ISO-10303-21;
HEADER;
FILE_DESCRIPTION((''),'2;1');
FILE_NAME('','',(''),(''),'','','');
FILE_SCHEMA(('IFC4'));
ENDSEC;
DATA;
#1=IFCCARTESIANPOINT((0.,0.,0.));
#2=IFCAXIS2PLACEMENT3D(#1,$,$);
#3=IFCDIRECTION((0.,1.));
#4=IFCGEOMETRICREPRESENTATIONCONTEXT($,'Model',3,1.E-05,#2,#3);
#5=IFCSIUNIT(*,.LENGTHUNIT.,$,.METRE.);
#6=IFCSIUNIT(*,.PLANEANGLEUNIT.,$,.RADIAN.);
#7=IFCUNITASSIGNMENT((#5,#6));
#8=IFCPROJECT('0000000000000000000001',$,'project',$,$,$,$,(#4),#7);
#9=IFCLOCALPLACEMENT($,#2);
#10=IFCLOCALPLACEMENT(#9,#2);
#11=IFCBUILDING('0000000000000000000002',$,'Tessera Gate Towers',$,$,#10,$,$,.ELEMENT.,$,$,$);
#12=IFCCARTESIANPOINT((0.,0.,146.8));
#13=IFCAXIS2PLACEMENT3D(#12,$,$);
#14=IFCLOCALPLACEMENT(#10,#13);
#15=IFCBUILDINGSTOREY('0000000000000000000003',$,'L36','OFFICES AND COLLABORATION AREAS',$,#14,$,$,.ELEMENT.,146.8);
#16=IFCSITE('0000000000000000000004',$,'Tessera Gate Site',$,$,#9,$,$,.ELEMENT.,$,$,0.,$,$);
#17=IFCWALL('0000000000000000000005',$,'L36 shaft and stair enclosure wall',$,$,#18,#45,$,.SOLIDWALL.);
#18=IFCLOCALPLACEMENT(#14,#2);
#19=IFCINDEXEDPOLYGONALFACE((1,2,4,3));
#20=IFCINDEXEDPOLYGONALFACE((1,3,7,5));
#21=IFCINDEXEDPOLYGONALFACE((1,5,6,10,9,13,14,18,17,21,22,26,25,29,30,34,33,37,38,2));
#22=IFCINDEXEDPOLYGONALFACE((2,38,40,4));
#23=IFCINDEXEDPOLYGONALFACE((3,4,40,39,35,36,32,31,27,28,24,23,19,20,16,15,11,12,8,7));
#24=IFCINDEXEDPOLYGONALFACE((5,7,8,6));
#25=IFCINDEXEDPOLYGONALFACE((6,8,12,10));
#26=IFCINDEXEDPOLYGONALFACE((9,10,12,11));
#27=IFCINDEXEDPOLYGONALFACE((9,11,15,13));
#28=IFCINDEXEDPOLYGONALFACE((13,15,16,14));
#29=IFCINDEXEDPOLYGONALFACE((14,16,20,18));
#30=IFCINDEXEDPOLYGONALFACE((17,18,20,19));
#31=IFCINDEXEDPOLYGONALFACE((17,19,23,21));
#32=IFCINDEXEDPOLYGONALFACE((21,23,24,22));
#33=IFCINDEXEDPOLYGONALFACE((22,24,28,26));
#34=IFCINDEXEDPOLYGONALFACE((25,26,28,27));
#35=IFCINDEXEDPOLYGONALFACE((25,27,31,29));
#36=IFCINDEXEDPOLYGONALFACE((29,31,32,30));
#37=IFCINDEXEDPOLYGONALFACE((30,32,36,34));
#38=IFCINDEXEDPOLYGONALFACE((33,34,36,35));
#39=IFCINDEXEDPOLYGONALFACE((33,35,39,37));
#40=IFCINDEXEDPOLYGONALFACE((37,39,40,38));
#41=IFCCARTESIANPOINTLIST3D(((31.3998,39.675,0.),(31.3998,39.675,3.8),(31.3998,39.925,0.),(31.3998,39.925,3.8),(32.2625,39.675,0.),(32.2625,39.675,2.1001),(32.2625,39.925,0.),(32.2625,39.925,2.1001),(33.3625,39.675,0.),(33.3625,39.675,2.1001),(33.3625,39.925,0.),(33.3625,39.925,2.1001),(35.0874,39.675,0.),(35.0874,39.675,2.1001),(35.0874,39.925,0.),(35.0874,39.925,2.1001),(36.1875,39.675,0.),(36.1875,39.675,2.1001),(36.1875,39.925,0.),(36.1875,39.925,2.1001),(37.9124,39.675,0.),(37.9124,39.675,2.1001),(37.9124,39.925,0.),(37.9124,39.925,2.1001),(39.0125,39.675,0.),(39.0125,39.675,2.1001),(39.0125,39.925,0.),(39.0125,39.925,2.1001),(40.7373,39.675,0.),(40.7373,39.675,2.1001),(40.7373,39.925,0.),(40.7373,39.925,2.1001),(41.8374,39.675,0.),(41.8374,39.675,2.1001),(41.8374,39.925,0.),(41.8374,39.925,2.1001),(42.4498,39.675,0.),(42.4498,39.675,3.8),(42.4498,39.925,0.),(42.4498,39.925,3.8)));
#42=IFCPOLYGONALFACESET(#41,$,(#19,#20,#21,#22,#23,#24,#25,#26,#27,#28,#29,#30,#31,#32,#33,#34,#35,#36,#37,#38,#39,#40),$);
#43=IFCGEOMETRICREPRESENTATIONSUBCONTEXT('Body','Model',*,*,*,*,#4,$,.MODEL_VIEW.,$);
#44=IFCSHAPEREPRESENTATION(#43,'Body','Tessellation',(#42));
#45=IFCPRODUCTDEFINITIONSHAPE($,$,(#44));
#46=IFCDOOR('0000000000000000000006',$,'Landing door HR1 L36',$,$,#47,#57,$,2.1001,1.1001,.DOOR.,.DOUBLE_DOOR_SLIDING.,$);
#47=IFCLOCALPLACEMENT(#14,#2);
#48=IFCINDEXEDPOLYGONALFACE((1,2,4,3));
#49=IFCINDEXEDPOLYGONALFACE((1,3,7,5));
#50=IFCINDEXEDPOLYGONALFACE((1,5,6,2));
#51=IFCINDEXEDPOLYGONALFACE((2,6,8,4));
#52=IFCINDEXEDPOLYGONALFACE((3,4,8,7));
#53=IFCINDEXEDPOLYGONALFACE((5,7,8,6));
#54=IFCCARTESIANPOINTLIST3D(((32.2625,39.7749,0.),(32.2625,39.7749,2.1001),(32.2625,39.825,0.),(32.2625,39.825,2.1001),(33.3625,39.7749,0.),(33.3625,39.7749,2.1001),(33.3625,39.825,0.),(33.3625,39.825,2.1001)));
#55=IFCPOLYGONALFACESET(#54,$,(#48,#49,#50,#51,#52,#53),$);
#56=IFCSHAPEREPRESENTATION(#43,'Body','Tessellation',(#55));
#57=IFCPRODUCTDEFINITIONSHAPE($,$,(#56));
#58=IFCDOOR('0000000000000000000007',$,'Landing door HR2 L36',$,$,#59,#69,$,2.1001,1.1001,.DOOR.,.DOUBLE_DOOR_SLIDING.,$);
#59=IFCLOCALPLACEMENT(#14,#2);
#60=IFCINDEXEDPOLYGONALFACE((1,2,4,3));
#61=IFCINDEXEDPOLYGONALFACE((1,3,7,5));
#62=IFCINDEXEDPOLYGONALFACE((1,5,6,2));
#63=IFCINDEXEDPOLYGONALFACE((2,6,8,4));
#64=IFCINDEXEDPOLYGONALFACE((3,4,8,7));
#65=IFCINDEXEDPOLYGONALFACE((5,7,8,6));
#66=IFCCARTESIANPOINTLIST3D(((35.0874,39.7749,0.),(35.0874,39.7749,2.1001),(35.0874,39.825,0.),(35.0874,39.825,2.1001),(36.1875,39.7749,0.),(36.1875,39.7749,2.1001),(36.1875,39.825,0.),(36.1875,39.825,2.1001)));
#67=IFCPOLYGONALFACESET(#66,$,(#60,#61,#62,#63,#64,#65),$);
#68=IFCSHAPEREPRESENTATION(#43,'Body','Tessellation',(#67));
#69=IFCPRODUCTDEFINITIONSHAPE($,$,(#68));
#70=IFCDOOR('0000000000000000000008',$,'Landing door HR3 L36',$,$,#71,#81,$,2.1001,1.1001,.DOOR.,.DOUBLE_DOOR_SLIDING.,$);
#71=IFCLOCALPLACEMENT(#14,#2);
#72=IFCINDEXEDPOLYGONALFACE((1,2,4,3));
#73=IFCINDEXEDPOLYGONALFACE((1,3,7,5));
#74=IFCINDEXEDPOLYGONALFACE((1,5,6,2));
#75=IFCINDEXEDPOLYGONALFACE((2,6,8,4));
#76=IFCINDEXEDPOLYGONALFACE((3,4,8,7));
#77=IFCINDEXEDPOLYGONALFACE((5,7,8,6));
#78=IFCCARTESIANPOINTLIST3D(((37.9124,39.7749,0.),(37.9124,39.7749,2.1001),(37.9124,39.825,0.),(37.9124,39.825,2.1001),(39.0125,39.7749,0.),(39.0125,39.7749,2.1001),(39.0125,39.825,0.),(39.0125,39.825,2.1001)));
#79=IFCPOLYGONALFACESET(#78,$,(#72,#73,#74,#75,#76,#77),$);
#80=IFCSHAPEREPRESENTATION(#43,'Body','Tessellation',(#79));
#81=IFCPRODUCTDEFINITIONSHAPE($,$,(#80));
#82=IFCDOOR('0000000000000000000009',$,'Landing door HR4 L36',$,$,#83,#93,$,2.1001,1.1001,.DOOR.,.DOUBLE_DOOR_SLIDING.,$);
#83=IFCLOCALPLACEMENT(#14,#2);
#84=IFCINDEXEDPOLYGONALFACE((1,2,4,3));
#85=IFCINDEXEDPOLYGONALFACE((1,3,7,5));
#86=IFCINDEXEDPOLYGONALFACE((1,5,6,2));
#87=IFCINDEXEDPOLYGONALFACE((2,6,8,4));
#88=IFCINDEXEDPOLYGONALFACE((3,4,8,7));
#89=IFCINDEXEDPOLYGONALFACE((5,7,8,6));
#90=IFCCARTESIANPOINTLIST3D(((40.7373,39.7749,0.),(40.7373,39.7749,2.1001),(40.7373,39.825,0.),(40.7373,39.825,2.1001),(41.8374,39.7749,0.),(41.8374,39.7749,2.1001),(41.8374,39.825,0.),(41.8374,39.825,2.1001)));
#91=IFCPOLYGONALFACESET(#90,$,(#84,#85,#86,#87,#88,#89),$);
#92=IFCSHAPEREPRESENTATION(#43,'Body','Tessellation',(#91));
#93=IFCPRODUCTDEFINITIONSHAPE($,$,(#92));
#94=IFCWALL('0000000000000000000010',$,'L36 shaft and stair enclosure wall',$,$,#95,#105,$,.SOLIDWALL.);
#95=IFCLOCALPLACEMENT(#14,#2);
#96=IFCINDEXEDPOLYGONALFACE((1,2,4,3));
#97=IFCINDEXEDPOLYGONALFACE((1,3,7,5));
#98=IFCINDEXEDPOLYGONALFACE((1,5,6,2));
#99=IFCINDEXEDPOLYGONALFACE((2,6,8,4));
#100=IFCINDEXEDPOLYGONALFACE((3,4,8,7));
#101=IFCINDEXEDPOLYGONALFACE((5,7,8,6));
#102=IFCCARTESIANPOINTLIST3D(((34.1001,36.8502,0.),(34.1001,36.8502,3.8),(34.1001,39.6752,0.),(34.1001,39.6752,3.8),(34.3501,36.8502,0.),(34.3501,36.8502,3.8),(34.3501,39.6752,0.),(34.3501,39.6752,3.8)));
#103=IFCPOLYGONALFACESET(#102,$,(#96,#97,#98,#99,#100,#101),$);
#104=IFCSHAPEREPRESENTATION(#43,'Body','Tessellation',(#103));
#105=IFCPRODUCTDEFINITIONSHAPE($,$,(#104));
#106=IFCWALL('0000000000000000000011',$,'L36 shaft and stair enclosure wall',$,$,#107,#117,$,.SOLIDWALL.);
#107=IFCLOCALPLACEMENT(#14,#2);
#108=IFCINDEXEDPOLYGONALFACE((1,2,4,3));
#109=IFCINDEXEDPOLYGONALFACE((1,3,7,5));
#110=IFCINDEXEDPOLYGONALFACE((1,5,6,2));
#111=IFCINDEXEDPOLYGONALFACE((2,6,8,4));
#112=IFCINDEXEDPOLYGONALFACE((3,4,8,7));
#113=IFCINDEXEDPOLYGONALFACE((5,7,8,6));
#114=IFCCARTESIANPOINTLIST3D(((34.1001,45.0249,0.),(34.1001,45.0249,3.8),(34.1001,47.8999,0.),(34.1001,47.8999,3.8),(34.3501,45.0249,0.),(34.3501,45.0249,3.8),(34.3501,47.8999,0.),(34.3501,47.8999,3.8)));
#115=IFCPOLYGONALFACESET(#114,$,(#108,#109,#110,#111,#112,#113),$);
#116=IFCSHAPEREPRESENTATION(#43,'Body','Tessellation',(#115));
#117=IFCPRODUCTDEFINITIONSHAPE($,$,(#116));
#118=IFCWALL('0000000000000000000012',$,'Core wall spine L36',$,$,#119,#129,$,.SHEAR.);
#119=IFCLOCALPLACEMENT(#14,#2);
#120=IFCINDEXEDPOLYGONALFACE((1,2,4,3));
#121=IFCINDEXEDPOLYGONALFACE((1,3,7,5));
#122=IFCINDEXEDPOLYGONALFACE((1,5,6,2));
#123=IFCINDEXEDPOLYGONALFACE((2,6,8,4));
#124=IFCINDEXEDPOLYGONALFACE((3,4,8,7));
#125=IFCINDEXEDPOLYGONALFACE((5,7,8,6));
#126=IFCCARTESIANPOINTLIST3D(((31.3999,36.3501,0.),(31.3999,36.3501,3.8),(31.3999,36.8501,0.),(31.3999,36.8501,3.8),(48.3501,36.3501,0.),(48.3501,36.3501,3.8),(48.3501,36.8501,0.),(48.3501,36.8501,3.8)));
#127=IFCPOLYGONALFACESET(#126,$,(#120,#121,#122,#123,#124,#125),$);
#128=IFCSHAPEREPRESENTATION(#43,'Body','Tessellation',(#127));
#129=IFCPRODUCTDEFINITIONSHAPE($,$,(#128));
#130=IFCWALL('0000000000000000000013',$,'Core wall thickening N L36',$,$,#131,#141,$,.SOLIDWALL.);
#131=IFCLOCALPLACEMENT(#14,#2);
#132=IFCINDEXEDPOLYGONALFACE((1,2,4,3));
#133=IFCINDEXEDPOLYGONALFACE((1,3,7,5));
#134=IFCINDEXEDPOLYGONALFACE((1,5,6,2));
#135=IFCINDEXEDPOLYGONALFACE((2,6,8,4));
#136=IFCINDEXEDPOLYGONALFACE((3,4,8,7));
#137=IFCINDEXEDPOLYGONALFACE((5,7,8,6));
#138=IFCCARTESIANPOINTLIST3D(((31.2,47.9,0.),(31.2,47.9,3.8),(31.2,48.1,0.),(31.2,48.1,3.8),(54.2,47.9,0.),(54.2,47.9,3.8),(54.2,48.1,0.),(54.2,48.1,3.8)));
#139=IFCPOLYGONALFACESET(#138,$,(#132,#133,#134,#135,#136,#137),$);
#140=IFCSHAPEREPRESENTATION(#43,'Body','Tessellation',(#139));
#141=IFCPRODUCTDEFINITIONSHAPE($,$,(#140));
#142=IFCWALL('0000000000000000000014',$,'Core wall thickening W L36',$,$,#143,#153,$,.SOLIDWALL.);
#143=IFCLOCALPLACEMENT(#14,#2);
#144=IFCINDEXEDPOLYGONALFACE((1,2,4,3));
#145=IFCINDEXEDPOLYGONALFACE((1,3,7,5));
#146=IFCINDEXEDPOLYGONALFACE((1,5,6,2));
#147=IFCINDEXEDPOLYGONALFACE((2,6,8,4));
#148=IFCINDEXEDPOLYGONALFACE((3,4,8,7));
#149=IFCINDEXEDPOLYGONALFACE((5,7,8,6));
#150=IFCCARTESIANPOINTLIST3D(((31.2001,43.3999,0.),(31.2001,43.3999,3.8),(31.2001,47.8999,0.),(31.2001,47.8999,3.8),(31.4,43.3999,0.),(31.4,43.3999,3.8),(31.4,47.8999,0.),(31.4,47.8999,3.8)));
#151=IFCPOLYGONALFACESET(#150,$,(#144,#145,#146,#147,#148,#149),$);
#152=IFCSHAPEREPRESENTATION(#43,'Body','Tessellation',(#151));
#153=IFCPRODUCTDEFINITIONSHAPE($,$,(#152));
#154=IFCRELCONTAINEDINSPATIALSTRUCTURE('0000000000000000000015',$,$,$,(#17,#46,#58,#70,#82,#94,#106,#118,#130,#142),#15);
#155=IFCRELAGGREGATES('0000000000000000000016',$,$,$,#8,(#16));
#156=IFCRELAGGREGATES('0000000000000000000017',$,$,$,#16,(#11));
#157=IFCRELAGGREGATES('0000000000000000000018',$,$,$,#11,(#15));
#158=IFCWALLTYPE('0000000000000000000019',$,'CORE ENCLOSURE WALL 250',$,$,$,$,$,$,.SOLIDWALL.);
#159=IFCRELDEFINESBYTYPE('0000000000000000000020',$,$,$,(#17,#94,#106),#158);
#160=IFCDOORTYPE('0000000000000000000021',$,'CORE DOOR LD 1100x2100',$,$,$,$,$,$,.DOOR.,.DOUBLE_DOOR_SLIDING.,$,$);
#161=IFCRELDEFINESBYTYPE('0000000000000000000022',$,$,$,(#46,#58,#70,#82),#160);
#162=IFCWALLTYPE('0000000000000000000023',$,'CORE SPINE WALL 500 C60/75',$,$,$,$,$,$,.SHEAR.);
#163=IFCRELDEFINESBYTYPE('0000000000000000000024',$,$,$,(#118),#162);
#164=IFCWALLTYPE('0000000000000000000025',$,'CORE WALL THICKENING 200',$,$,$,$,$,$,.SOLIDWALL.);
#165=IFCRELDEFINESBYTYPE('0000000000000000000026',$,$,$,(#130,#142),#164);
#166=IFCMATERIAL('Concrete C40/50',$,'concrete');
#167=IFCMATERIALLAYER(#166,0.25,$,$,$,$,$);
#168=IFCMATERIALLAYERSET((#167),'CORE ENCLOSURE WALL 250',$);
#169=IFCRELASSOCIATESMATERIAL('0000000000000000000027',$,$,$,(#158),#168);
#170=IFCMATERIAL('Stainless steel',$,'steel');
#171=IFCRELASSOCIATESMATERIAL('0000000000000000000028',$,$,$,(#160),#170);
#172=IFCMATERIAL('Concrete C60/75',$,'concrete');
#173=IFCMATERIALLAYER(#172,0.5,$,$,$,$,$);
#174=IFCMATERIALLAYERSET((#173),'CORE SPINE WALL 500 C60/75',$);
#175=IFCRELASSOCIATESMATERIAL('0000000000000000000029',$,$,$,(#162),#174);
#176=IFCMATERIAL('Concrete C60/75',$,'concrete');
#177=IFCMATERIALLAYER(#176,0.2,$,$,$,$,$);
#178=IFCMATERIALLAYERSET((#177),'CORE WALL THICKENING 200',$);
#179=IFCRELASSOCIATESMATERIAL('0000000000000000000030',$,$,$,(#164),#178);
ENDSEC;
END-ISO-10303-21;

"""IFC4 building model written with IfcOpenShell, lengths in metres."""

from ifc_helpers import new_model, si_unit, direction, frame, frame_2d, origin, place, context, subcontext, project, spatial, rectangle, extrude, source, transform, mapped, material, layer, layer_set, type_object, element, fill, save


model = new_model("IFC4")

# Units and contexts
model_context = context("Model", 3, precision=1e-05, world=origin(), true_north=direction((0.0, 1.0)))
body_context = subcontext(model_context, "Body", "Model", "MODEL_VIEW")
ifc_project = project(units=[si_unit("LENGTHUNIT", "METRE"), si_unit("PLANEANGLEUNIT", "RADIAN")], contexts=[model_context])

# Site, building, storey
site_placement = place(None, origin())
site = spatial("IfcSite", under=ifc_project, at=site_placement, Name="Tessera Gate Site", CompositionType="ELEMENT", RefElevation=0.0)
building_placement = place(site_placement, origin())
building = spatial("IfcBuilding", under=site, at=building_placement, Name="Tessera Gate Towers", CompositionType="ELEMENT")
storey_placement = place(building_placement, frame((0.0, 0.0, 146.8)))
storey = spatial("IfcBuildingStorey", under=building, at=storey_placement, Name="L36", Description="OFFICES AND COLLABORATION AREAS", CompositionType="ELEMENT", Elevation=146.8)

# Wall, openings, doors
ifc_material_1 = material(Name="Concrete C40/50", Category="concrete")
ifc_layer_1 = layer(ifc_material_1, 0.25)
ifc_layer_set_1 = layer_set([ifc_layer_1], Name="CORE ENCLOSURE WALL 250")
wall_type_1 = type_object("IfcWallType", Name="CORE ENCLOSURE WALL 250", PredefinedType="SOLIDWALL", material=ifc_layer_set_1)
wall_1_placement = place(storey_placement, frame((31.3999, 39.8, 0.0), z_axis=(0.0, 0.0, 1.0), x_axis=(1.0, 0.0, 0.0)))
wall_1 = element("IfcWall", 1, at=wall_1_placement, inside=storey, type_object=wall_type_1, Name="L36 shaft and stair enclosure wall", PredefinedType="SOLIDWALL", context=body_context, shape_type="SweptSolid", body=[
    extrude(rectangle(XDim=11.05, YDim=0.25, at=frame_2d((5.5249, 0.0))), origin(), (0.0, 0.0, 1.0), 3.8),
])
shared_shape_1 = source(origin(), body_context, "Body", "SweptSolid", [
    extrude(rectangle(XDim=1.1001, YDim=2.1001, at=frame_2d((0.55, 1.05))), frame((0.0, 0.135, 0.0), z_axis=(0.0, -1.0, 0.0), x_axis=(1.0, 0.0, 0.0)), (0.0, 0.0, 1.0), 0.27),
])
opening_1_placement = place(wall_1_placement, frame((0.8625, 0.0, 0.0)))
opening_1 = element("IfcOpeningElement", 2, at=opening_1_placement, cuts=wall_1, PredefinedType="OPENING", context=body_context, shape_type="MappedRepresentation", body=[
    mapped(shared_shape_1, transform((0.0, 0.0, 0.0), scale=1.0)),
])
opening_2_placement = place(wall_1_placement, frame((3.6875, 0.0, 0.0)))
opening_2 = element("IfcOpeningElement", 3, at=opening_2_placement, cuts=wall_1, PredefinedType="OPENING", context=body_context, shape_type="MappedRepresentation", body=[
    mapped(shared_shape_1, transform((0.0, 0.0, 0.0), scale=1.0)),
])
opening_3_placement = place(wall_1_placement, frame((6.5125, 0.0, 0.0)))
opening_3 = element("IfcOpeningElement", 4, at=opening_3_placement, cuts=wall_1, PredefinedType="OPENING", context=body_context, shape_type="MappedRepresentation", body=[
    mapped(shared_shape_1, transform((0.0, 0.0, 0.0), scale=1.0)),
])
opening_4_placement = place(wall_1_placement, frame((9.3374, 0.0, 0.0)))
opening_4 = element("IfcOpeningElement", 5, at=opening_4_placement, cuts=wall_1, PredefinedType="OPENING", context=body_context, shape_type="MappedRepresentation", body=[
    mapped(shared_shape_1, transform((0.0, 0.0, 0.0), scale=1.0)),
])
ifc_material_2 = material(Name="Stainless steel", Category="steel")
door_type_1 = type_object("IfcDoorType", Name="CORE DOOR LD 1100x2100", OperationType="DOUBLE_DOOR_SLIDING", PredefinedType="DOOR", material=ifc_material_2)
shared_shape_2 = source(origin(), body_context, "Body", "SweptSolid", [
    extrude(rectangle(XDim=1.1001, YDim=2.1001, at=frame_2d((0.55, 1.05))), frame((0.0, 0.0249, 0.0), z_axis=(0.0, -1.0, 0.0), x_axis=(1.0, 0.0, 0.0)), (0.0, 0.0, 1.0), 0.05),
])
door_1_placement = place(opening_1_placement, origin())
door_1 = element("IfcDoor", 6, at=door_1_placement, inside=storey, type_object=door_type_1, Name="Landing door HR1 L36", OperationType="DOUBLE_DOOR_SLIDING", OverallHeight=2.1001, OverallWidth=1.1001, PredefinedType="DOOR", context=body_context, shape_type="MappedRepresentation", body=[
    mapped(shared_shape_2, transform((0.0, 0.0, 0.0), scale=1.0)),
])
fill(opening_1, door_1)
door_2_placement = place(opening_2_placement, origin())
door_2 = element("IfcDoor", 7, at=door_2_placement, inside=storey, type_object=door_type_1, Name="Landing door HR2 L36", OperationType="DOUBLE_DOOR_SLIDING", OverallHeight=2.1001, OverallWidth=1.1001, PredefinedType="DOOR", context=body_context, shape_type="MappedRepresentation", body=[
    mapped(shared_shape_2, transform((0.0, 0.0, 0.0), scale=1.0)),
])
fill(opening_2, door_2)
door_3_placement = place(opening_3_placement, origin())
door_3 = element("IfcDoor", 8, at=door_3_placement, inside=storey, type_object=door_type_1, Name="Landing door HR3 L36", OperationType="DOUBLE_DOOR_SLIDING", OverallHeight=2.1001, OverallWidth=1.1001, PredefinedType="DOOR", context=body_context, shape_type="MappedRepresentation", body=[
    mapped(shared_shape_2, transform((0.0, 0.0, 0.0), scale=1.0)),
])
fill(opening_3, door_3)
door_4_placement = place(opening_4_placement, origin())
door_4 = element("IfcDoor", 9, at=door_4_placement, inside=storey, type_object=door_type_1, Name="Landing door HR4 L36", OperationType="DOUBLE_DOOR_SLIDING", OverallHeight=2.1001, OverallWidth=1.1001, PredefinedType="DOOR", context=body_context, shape_type="MappedRepresentation", body=[
    mapped(shared_shape_2, transform((0.0, 0.0, 0.0), scale=1.0)),
])
fill(opening_4, door_4)

# Walls
wall_2_placement = place(storey_placement, frame((34.2251, 36.8501, 0.0), z_axis=(0.0, 0.0, 1.0), x_axis=(0.0, 1.0, 0.0)))
element("IfcWall", 10, at=wall_2_placement, inside=storey, type_object=wall_type_1, Name="L36 shaft and stair enclosure wall", PredefinedType="SOLIDWALL", context=body_context, shape_type="SweptSolid", body=[
    extrude(rectangle(XDim=2.825, YDim=0.25, at=frame_2d((1.4126, 0.0))), origin(), (0.0, 0.0, 1.0), 3.8),
])
wall_3_placement = place(storey_placement, frame((34.2251, 45.0249, 0.0), z_axis=(0.0, 0.0, 1.0), x_axis=(0.0, 1.0, 0.0)))
element("IfcWall", 11, at=wall_3_placement, inside=storey, type_object=wall_type_1, Name="L36 shaft and stair enclosure wall", PredefinedType="SOLIDWALL", context=body_context, shape_type="SweptSolid", body=[
    extrude(rectangle(XDim=2.875, YDim=0.25, at=frame_2d((1.4375, 0.0))), origin(), (0.0, 0.0, 1.0), 3.8),
])
ifc_material_3 = material(Name="Concrete C60/75", Category="concrete")
ifc_layer_2 = layer(ifc_material_3, 0.5)
ifc_layer_set_2 = layer_set([ifc_layer_2], Name="CORE SPINE WALL 500 C60/75")
wall_type_2 = type_object("IfcWallType", Name="CORE SPINE WALL 500 C60/75", PredefinedType="SHEAR", material=ifc_layer_set_2)
wall_4_placement = place(storey_placement, frame((31.3999, 36.6001, 0.0), z_axis=(0.0, 0.0, 1.0), x_axis=(1.0, 0.0, 0.0)))
element("IfcWall", 12, at=wall_4_placement, inside=storey, type_object=wall_type_2, Name="Core wall spine L36", PredefinedType="SHEAR", context=body_context, shape_type="SweptSolid", body=[
    extrude(rectangle(XDim=16.9502, YDim=0.5, at=frame_2d((8.4751, 0.0))), origin(), (0.0, 0.0, 1.0), 3.8),
])
ifc_material_4 = material(Name="Concrete C60/75", Category="concrete")
ifc_layer_3 = layer(ifc_material_4, 0.2)
ifc_layer_set_3 = layer_set([ifc_layer_3], Name="CORE WALL THICKENING 200")
wall_type_3 = type_object("IfcWallType", Name="CORE WALL THICKENING 200", PredefinedType="SOLIDWALL", material=ifc_layer_set_3)
wall_5_placement = place(storey_placement, frame((31.2, 48.0, 0.0), z_axis=(0.0, 0.0, 1.0), x_axis=(1.0, 0.0, 0.0)))
element("IfcWall", 13, at=wall_5_placement, inside=storey, type_object=wall_type_3, Name="Core wall thickening N L36", PredefinedType="SOLIDWALL", context=body_context, shape_type="SweptSolid", body=[
    extrude(rectangle(XDim=23.0, YDim=0.2, at=frame_2d((11.5, 0.0))), origin(), (0.0, 0.0, 1.0), 3.8),
])
wall_6_placement = place(storey_placement, frame((31.3, 43.3999, 0.0), z_axis=(0.0, 0.0, 1.0), x_axis=(0.0, 1.0, 0.0)))
element("IfcWall", 14, at=wall_6_placement, inside=storey, type_object=wall_type_3, Name="Core wall thickening W L36", PredefinedType="SOLIDWALL", context=body_context, shape_type="SweptSolid", body=[
    extrude(rectangle(XDim=4.5, YDim=0.2, at=frame_2d((2.25, 0.0))), origin(), (0.0, 0.0, 1.0), 3.8),
])

save(model, "model.ifc")
